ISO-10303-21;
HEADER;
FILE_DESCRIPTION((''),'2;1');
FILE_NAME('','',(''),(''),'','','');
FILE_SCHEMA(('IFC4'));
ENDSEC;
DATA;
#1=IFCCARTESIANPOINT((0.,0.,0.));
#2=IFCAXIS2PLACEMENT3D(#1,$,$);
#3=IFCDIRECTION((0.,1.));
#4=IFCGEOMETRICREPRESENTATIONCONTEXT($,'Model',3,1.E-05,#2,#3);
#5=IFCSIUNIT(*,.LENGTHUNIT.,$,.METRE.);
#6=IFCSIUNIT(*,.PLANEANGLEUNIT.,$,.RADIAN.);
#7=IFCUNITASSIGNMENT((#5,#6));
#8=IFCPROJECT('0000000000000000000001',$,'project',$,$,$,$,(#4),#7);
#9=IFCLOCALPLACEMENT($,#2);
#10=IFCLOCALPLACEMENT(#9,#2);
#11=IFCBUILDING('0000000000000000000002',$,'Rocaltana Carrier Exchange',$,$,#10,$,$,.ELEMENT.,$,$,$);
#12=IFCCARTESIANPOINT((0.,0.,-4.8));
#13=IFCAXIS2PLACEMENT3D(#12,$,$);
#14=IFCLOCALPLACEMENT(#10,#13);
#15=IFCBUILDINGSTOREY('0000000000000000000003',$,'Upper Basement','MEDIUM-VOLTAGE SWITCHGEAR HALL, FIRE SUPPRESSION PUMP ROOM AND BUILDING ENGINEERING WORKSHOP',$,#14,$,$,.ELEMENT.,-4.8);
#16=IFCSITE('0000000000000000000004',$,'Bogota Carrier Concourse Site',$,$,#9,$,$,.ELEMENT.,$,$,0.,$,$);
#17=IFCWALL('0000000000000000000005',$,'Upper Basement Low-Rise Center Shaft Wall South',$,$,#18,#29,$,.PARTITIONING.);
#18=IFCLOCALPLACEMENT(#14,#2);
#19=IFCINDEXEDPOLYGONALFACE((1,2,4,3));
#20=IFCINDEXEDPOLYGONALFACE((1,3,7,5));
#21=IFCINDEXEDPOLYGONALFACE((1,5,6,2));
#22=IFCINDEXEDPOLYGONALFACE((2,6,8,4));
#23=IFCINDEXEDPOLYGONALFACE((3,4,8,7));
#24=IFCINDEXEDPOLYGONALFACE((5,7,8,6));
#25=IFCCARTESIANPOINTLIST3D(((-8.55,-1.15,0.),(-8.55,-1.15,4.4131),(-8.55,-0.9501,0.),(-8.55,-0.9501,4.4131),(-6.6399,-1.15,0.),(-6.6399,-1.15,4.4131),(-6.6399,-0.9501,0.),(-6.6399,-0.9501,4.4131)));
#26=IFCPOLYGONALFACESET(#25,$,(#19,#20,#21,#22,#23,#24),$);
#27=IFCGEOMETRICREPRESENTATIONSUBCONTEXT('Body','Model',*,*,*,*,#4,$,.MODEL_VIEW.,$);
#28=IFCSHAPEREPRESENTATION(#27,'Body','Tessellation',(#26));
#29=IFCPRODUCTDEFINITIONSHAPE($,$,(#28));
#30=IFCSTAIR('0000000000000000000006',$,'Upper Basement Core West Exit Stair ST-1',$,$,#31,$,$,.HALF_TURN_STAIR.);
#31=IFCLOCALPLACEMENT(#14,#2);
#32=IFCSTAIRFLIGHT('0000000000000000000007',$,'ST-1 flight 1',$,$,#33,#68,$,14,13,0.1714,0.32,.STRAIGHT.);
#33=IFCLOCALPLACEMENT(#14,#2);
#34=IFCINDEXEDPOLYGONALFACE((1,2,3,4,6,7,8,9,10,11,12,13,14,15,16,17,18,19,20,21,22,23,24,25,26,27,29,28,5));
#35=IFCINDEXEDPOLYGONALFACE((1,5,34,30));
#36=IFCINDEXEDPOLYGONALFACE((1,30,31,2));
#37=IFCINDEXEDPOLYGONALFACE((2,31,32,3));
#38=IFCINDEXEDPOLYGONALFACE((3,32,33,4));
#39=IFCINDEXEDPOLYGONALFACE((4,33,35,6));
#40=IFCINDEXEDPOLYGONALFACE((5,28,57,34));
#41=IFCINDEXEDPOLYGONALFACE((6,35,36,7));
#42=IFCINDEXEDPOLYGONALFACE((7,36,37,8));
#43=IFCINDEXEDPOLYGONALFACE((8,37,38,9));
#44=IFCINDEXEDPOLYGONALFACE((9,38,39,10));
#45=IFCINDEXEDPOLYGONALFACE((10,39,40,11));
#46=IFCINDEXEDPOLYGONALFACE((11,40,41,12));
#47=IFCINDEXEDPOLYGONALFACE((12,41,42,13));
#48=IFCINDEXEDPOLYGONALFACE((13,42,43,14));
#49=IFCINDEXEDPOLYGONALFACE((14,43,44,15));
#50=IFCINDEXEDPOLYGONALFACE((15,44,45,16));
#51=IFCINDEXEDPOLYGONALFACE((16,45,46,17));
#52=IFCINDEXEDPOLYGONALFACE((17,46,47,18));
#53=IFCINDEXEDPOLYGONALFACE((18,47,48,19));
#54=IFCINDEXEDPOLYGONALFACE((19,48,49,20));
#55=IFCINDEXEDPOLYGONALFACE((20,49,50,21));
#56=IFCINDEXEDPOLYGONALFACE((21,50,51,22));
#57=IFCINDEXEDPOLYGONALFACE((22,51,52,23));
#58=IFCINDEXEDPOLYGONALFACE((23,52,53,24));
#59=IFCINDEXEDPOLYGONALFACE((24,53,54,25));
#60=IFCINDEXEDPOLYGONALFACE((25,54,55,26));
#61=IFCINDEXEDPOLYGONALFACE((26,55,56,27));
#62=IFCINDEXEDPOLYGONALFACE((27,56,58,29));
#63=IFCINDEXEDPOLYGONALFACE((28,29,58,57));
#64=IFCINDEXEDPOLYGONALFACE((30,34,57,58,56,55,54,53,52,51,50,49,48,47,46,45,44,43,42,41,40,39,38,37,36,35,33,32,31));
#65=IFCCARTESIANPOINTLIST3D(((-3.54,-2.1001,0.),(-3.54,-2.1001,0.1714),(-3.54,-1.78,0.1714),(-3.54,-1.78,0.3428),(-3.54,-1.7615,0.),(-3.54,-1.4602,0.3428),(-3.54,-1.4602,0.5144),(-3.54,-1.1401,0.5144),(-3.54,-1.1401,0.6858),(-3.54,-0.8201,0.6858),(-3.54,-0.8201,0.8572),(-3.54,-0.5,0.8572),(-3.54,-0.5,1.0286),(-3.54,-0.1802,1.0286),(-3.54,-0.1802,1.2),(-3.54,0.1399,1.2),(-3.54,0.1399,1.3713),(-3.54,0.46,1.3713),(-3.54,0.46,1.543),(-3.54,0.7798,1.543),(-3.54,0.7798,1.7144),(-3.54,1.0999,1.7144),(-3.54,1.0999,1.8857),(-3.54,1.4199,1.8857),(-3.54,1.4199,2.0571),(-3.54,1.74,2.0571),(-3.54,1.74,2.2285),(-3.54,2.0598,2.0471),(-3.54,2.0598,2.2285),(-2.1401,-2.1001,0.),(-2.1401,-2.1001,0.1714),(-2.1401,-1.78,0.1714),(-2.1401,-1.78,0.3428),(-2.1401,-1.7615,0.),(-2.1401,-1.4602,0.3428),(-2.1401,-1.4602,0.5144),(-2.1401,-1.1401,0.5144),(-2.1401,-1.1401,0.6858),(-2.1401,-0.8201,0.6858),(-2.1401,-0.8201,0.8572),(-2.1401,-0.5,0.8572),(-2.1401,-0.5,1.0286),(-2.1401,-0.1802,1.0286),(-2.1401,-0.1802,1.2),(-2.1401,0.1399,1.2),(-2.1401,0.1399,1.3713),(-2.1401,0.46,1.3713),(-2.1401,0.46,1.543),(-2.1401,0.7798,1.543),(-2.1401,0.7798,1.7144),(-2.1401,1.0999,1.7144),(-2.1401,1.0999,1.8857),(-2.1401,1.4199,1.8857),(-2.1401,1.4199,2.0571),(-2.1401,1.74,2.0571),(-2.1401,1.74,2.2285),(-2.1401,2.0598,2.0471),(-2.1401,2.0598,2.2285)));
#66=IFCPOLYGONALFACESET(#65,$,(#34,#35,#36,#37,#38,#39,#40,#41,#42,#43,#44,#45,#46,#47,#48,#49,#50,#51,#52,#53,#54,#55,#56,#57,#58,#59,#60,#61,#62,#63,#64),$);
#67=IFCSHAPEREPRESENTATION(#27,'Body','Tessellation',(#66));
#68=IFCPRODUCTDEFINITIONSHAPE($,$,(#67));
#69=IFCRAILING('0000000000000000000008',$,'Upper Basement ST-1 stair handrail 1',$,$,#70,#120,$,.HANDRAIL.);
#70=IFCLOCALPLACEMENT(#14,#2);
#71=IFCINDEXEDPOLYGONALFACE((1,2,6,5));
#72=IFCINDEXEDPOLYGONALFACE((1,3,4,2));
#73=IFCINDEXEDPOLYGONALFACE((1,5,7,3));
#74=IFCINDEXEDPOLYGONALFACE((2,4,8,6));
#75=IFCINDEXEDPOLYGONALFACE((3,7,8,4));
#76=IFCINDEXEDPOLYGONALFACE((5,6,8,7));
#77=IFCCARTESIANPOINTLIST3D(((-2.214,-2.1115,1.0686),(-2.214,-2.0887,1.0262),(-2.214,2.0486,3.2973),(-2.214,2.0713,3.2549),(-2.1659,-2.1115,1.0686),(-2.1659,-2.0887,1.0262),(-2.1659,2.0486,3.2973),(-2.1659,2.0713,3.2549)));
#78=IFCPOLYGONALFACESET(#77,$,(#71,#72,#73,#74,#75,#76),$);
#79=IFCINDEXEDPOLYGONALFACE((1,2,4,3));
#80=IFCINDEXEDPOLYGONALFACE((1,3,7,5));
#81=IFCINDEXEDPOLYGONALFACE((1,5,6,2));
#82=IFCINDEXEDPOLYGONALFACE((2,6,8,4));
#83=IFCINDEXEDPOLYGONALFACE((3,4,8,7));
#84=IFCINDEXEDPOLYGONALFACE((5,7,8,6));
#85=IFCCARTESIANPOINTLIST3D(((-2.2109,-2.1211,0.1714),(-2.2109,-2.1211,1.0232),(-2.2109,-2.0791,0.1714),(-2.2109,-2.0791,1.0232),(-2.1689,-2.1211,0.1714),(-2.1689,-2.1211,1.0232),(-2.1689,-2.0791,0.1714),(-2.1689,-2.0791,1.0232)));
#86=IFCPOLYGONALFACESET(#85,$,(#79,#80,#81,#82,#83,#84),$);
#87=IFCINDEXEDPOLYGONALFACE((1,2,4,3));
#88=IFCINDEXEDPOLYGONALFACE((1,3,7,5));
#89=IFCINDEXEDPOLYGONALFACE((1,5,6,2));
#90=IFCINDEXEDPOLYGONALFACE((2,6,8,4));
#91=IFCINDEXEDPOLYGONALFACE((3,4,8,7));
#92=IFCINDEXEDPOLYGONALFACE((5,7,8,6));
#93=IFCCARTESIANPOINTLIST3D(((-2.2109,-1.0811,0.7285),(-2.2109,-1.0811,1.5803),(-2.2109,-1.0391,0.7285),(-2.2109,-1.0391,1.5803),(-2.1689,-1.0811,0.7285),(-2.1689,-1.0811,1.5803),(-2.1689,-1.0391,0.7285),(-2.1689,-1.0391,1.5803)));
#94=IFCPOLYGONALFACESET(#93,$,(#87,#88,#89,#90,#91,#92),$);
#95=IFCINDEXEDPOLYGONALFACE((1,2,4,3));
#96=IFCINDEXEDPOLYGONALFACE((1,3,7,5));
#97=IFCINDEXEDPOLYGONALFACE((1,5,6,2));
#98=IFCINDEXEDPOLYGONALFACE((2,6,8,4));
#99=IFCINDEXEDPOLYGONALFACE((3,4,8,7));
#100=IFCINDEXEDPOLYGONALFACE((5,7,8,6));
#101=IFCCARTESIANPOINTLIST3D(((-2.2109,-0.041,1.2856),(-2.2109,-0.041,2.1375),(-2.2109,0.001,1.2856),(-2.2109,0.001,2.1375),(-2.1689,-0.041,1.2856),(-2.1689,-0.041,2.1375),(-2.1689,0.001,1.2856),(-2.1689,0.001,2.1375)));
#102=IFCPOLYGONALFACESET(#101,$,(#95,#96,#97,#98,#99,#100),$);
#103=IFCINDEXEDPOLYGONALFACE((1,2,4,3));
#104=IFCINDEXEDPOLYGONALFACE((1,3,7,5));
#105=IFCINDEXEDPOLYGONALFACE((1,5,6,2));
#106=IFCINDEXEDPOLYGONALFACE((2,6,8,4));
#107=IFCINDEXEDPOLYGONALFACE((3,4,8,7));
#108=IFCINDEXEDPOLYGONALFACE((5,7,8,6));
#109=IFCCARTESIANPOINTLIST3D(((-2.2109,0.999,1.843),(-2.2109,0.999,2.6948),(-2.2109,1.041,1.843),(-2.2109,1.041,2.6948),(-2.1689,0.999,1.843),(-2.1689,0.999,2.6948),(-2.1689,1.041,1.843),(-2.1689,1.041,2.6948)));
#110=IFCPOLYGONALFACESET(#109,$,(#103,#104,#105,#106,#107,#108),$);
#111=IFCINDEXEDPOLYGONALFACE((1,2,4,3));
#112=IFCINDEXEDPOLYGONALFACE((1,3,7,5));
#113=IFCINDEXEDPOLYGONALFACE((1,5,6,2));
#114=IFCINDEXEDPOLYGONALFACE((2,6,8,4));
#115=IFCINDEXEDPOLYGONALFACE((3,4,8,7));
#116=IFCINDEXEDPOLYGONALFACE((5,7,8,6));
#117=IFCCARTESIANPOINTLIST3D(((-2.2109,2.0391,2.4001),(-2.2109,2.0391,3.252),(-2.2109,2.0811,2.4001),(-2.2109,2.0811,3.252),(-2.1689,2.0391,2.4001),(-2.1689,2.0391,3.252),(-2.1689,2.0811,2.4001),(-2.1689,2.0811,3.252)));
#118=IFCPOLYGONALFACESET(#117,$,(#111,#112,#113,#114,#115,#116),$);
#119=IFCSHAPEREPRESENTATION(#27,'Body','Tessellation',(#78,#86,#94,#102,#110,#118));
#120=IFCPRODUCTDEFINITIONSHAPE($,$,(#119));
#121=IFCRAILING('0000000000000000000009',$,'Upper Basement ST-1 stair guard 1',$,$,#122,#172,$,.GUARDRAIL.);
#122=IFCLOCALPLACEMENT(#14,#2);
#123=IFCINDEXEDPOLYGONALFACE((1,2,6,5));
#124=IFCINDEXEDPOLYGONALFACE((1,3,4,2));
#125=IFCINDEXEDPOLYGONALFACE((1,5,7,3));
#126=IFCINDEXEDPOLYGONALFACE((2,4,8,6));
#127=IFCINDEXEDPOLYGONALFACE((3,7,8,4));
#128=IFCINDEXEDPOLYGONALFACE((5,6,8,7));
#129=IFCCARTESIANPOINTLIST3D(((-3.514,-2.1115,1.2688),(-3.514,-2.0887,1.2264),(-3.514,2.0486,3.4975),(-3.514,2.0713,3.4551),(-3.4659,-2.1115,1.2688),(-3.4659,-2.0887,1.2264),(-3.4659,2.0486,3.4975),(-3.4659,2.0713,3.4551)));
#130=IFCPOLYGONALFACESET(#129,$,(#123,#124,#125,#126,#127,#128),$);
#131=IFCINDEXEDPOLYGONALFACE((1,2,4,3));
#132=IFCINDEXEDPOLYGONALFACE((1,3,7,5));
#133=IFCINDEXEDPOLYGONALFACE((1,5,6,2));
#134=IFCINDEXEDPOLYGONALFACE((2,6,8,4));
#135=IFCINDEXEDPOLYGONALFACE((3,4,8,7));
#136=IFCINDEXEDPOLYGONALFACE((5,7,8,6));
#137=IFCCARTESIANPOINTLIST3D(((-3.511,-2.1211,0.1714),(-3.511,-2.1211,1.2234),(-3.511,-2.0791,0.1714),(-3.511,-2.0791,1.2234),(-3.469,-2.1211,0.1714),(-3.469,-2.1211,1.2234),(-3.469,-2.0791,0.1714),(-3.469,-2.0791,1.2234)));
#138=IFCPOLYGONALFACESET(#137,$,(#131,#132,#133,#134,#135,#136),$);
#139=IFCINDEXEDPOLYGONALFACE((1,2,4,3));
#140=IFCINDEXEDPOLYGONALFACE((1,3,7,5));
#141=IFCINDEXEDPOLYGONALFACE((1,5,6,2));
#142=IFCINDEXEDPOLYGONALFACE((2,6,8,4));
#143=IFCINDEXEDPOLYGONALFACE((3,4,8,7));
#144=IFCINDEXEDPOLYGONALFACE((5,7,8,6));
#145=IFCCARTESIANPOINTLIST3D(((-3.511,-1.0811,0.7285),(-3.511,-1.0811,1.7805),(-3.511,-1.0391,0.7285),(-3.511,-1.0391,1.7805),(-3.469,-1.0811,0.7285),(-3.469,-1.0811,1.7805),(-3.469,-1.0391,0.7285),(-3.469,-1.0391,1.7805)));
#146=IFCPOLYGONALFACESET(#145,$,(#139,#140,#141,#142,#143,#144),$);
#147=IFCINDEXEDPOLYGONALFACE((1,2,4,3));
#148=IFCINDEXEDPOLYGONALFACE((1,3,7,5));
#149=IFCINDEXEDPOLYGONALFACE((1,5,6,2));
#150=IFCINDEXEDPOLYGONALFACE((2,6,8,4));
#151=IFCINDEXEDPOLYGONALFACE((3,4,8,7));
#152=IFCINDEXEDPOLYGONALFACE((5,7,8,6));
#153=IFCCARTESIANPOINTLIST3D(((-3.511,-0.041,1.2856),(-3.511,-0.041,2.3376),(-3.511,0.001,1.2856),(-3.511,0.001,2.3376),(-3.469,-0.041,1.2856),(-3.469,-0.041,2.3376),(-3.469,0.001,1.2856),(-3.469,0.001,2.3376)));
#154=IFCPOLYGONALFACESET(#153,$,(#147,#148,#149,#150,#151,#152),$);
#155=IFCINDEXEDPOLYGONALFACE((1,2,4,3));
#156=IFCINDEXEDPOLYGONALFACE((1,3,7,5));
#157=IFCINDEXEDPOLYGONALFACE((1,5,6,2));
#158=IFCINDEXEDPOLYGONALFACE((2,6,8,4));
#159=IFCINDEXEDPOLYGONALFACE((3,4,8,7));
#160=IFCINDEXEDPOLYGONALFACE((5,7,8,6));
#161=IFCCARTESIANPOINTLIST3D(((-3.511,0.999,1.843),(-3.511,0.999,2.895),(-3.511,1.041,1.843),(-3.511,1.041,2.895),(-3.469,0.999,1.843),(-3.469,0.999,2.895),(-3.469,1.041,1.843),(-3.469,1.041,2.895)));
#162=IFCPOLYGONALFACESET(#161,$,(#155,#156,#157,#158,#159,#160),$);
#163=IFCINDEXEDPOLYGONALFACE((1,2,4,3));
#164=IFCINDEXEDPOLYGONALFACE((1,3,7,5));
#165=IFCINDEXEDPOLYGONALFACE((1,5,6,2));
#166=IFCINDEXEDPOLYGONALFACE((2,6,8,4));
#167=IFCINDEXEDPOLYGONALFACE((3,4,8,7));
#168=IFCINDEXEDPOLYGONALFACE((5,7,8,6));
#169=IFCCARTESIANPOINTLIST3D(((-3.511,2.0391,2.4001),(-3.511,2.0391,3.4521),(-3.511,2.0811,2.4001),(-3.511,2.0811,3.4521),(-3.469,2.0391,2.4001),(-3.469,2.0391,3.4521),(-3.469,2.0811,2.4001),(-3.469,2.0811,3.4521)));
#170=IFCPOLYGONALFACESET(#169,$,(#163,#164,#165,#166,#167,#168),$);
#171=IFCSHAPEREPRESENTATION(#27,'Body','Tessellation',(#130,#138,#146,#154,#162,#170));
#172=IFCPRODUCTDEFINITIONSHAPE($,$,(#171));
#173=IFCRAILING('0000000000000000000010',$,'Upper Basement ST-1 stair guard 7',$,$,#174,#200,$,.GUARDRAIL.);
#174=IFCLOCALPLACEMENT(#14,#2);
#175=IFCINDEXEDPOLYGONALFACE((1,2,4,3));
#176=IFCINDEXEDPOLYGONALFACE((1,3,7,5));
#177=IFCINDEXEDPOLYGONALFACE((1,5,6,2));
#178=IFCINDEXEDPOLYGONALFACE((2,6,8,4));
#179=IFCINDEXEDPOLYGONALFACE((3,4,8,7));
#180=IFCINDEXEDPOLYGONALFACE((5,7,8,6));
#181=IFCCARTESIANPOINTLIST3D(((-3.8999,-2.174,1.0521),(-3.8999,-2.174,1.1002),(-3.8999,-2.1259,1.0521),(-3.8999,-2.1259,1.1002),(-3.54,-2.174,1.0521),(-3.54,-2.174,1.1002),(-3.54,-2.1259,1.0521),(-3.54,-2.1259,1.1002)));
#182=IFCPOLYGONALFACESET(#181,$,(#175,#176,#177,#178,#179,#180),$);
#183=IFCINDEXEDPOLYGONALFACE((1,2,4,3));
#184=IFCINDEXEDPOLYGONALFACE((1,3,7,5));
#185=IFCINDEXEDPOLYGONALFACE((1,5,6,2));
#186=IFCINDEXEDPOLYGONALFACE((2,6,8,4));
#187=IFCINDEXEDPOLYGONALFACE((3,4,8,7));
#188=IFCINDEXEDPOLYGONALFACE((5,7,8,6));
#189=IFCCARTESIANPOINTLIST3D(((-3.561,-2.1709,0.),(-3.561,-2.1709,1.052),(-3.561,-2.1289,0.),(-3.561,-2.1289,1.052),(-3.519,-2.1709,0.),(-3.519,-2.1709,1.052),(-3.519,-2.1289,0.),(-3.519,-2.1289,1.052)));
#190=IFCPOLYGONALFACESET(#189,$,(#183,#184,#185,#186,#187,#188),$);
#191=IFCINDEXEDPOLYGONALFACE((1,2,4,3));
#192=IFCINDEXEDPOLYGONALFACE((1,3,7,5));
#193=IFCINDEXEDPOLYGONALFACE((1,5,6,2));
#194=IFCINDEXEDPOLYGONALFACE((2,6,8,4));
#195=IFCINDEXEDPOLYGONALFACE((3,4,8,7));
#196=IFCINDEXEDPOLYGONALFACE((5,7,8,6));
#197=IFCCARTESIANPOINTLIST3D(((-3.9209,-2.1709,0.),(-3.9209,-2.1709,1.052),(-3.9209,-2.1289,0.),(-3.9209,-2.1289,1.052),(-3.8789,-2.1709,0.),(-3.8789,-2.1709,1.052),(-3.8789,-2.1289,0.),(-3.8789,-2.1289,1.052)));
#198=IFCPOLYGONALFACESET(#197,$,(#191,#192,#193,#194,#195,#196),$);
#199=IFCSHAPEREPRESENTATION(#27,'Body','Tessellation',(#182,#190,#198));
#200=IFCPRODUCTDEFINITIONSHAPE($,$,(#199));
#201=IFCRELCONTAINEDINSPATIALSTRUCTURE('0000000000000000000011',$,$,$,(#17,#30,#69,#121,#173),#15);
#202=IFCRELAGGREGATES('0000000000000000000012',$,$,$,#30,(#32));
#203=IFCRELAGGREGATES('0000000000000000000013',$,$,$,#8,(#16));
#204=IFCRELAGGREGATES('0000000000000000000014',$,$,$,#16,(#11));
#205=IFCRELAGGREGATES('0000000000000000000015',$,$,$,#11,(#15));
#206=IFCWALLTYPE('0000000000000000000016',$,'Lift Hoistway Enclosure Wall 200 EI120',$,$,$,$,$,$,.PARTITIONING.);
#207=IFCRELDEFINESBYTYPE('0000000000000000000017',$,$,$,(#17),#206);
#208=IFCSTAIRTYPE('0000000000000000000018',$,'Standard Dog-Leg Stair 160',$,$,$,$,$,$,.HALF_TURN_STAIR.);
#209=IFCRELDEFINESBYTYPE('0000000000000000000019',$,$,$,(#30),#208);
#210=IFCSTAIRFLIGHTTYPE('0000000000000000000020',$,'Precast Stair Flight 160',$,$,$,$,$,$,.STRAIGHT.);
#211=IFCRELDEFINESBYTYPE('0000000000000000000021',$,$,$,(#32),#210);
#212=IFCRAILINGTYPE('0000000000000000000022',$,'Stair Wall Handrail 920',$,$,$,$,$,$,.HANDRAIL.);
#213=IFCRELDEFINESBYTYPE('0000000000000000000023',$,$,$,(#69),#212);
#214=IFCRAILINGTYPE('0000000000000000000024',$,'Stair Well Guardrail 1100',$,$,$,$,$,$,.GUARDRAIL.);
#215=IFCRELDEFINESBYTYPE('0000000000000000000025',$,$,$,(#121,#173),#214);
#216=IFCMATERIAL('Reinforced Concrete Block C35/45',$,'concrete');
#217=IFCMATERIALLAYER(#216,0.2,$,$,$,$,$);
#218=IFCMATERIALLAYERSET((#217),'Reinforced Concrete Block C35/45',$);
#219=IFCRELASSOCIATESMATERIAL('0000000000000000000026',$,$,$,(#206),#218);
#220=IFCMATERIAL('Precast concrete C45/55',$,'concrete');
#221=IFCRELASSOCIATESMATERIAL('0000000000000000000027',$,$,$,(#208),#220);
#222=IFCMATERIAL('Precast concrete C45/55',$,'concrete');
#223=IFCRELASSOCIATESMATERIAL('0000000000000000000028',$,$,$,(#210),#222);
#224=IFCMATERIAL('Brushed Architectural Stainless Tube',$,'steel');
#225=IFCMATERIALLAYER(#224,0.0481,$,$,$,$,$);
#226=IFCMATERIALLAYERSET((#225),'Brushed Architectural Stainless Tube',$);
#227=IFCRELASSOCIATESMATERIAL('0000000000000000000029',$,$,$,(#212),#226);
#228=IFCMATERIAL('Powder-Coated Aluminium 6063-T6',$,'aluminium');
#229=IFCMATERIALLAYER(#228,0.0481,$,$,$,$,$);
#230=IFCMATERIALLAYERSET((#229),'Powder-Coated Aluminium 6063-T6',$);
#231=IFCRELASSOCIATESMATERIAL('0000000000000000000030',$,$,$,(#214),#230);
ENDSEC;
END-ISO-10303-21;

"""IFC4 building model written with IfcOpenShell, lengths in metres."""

from ifc_helpers import new_model, si_unit, direction, frame, frame_2d, origin, origin_2d, place, context, subcontext, project, spatial, polyline, rectangle, outline, extrude, material, layer, layer_set, type_object, element, aggregate, save


model = new_model("IFC4")

# Units and contexts
model_context = context("Model", 3, precision=1e-05, world=origin(), true_north=direction((0.0, 1.0)))
body_context = subcontext(model_context, "Body", "Model", "MODEL_VIEW")
ifc_project = project(units=[si_unit("LENGTHUNIT", "METRE"), si_unit("PLANEANGLEUNIT", "RADIAN")], contexts=[model_context])

# Site, building, storey
site_placement = place(None, origin())
site = spatial("IfcSite", under=ifc_project, at=site_placement, Name="Bogota Carrier Concourse Site", CompositionType="ELEMENT", RefElevation=0.0)
building_placement = place(site_placement, origin())
building = spatial("IfcBuilding", under=site, at=building_placement, Name="Rocaltana Carrier Exchange", CompositionType="ELEMENT")
storey_placement = place(building_placement, frame((0.0, 0.0, -4.8)))
storey = spatial("IfcBuildingStorey", under=building, at=storey_placement, Name="Upper Basement", Description="MEDIUM-VOLTAGE SWITCHGEAR HALL, FIRE SUPPRESSION PUMP ROOM AND BUILDING ENGINEERING WORKSHOP", CompositionType="ELEMENT", Elevation=-4.8)

# Wall
ifc_material_1 = material(Name="Reinforced Concrete Block C35/45", Category="concrete")
ifc_layer_1 = layer(ifc_material_1, 0.2)
ifc_layer_set_1 = layer_set([ifc_layer_1], Name="Reinforced Concrete Block C35/45")
wall_type_1 = type_object("IfcWallType", Name="Lift Hoistway Enclosure Wall 200 EI120", PredefinedType="PARTITIONING", material=ifc_layer_set_1)
wall_1_placement = place(storey_placement, frame((-8.55, -1.05, 0.0), z_axis=(0.0, 0.0, 1.0), x_axis=(1.0, 0.0, 0.0)))
element("IfcWall", 1, at=wall_1_placement, inside=storey, type_object=wall_type_1, Name="Upper Basement Low-Rise Center Shaft Wall South", PredefinedType="PARTITIONING", context=body_context, shape_type="SweptSolid", body=[
    extrude(rectangle(XDim=1.9102, YDim=0.2, at=frame_2d((0.9551, 0.0))), origin(), (0.0, 0.0, 1.0), 4.4131),
])

# Stair, stair flight
ifc_material_2 = material(Name="Precast concrete C45/55", Category="concrete")
stair_type = type_object("IfcStairType", Name="Standard Dog-Leg Stair 160", PredefinedType="HALF_TURN_STAIR", material=ifc_material_2)
stair_placement = place(storey_placement, origin())
stair = element("IfcStair", 2, at=stair_placement, inside=storey, type_object=stair_type, Name="Upper Basement Core West Exit Stair ST-1", PredefinedType="HALF_TURN_STAIR")
ifc_material_3 = material(Name="Precast concrete C45/55", Category="concrete")
stair_flight_type = type_object("IfcStairFlightType", Name="Precast Stair Flight 160", PredefinedType="STRAIGHT", material=ifc_material_3)
stair_flight_placement = place(storey_placement, frame((-2.8401, -2.1001, 0.0), z_axis=(0.0, 0.0, 1.0), x_axis=(0.0, 1.0, 0.0)))
stair_flight = element("IfcStairFlight", 3, at=stair_flight_placement, type_object=stair_flight_type, Name="ST-1 flight 1", NumberOfRisers=14, NumberOfTreads=13, PredefinedType="STRAIGHT", RiserHeight=0.1714, TreadLength=0.32, context=body_context, shape_type="SweptSolid", body=[
    extrude(outline(polyline([(0.0, 0.0), (0.0, 0.1714), (0.3201, 0.1714), (0.3201, 0.3428), (0.6399, 0.3428), (0.6399, 0.5144), (0.96, 0.5144), (0.96, 0.6858), (1.28, 0.6858), (1.28, 0.8572), (1.6001, 0.8572), (1.6001, 1.0286), (1.9199, 1.0286), (1.9199, 1.2), (2.24, 1.2), (2.24, 1.3713), (2.5601, 1.3713), (2.5601, 1.543), (2.8799, 1.543), (2.8799, 1.7144), (3.2, 1.7144), (3.2, 1.8857), (3.52, 1.8857), (3.52, 2.0571), (3.8401, 2.0571), (3.8401, 2.2285), (4.1599, 2.2285), (4.1599, 2.3999), (4.1599, 2.0471), (0.3386, 0.0), (0.0, 0.0)])), frame((0.0, 0.7, 0.0), z_axis=(0.0, -1.0, 0.0), x_axis=(1.0, 0.0, 0.0)), (0.0, 0.0, 1.0), 1.3999),
])
aggregate(stair, [stair_flight])

# Railings
ifc_material_4 = material(Name="Brushed Architectural Stainless Tube", Category="steel")
ifc_layer_2 = layer(ifc_material_4, 0.0481)
ifc_layer_set_2 = layer_set([ifc_layer_2], Name="Brushed Architectural Stainless Tube")
railing_type_1 = type_object("IfcRailingType", Name="Stair Wall Handrail 920", PredefinedType="HANDRAIL", material=ifc_layer_set_2)
railing_1_placement = place(storey_placement, frame((-2.1899, -2.1001, 0.1714)))
element("IfcRailing", 4, at=railing_1_placement, inside=storey, type_object=railing_type_1, Name="Upper Basement ST-1 stair handrail 1", PredefinedType="HANDRAIL", context=body_context, shape_type="SweptSolid", body=[
    extrude(rectangle(XDim=0.0481, YDim=0.0481, at=origin_2d()), frame((0.0, 0.0, 0.876), z_axis=(0.0, 0.881471, 0.472239), x_axis=(-1.0, 0.0, 0.0)), (0.0, 0.0, 1.0), 4.7195),
    extrude(rectangle(XDim=0.042, YDim=0.042, at=origin_2d()), origin(), (0.0, 0.0, 1.0), 0.8518),
    extrude(rectangle(XDim=0.042, YDim=0.042, at=origin_2d()), frame((0.0, 1.04, 0.5571)), (0.0, 0.0, 1.0), 0.8518),
    extrude(rectangle(XDim=0.042, YDim=0.042, at=origin_2d()), frame((0.0, 2.0801, 1.1143)), (0.0, 0.0, 1.0), 0.8518),
    extrude(rectangle(XDim=0.042, YDim=0.042, at=origin_2d()), frame((0.0, 3.1201, 1.6716)), (0.0, 0.0, 1.0), 0.8518),
    extrude(rectangle(XDim=0.042, YDim=0.042, at=origin_2d()), frame((0.0, 4.1602, 2.2288)), (0.0, 0.0, 1.0), 0.8518),
])
ifc_material_5 = material(Name="Powder-Coated Aluminium 6063-T6", Category="aluminium")
ifc_layer_3 = layer(ifc_material_5, 0.0481)
ifc_layer_set_3 = layer_set([ifc_layer_3], Name="Powder-Coated Aluminium 6063-T6")
railing_type_2 = type_object("IfcRailingType", Name="Stair Well Guardrail 1100", PredefinedType="GUARDRAIL", material=ifc_layer_set_3)
railing_2_placement = place(storey_placement, frame((-3.49, -2.1001, 0.1714)))
element("IfcRailing", 5, at=railing_2_placement, inside=storey, type_object=railing_type_2, Name="Upper Basement ST-1 stair guard 1", PredefinedType="GUARDRAIL", context=body_context, shape_type="SweptSolid", body=[
    extrude(rectangle(XDim=0.0481, YDim=0.0481, at=origin_2d()), frame((0.0, 0.0, 1.0762), z_axis=(0.0, 0.881471, 0.472239), x_axis=(-1.0, 0.0, 0.0)), (0.0, 0.0, 1.0), 4.7195),
    extrude(rectangle(XDim=0.042, YDim=0.042, at=origin_2d()), origin(), (0.0, 0.0, 1.0), 1.052),
    extrude(rectangle(XDim=0.042, YDim=0.042, at=origin_2d()), frame((0.0, 1.04, 0.5571)), (0.0, 0.0, 1.0), 1.052),
    extrude(rectangle(XDim=0.042, YDim=0.042, at=origin_2d()), frame((0.0, 2.0801, 1.1143)), (0.0, 0.0, 1.0), 1.052),
    extrude(rectangle(XDim=0.042, YDim=0.042, at=origin_2d()), frame((0.0, 3.1201, 1.6716)), (0.0, 0.0, 1.0), 1.052),
    extrude(rectangle(XDim=0.042, YDim=0.042, at=origin_2d()), frame((0.0, 4.1602, 2.2288)), (0.0, 0.0, 1.0), 1.052),
])
railing_3_placement = place(storey_placement, frame((-3.54, -2.1499, 0.0)))
element("IfcRailing", 6, at=railing_3_placement, inside=storey, type_object=railing_type_2, Name="Upper Basement ST-1 stair guard 7", PredefinedType="GUARDRAIL", context=body_context, shape_type="SweptSolid", body=[
    extrude(rectangle(XDim=0.0481, YDim=0.0481, at=origin_2d()), frame((0.0, 0.0, 1.0762), z_axis=(-1.0, 0.0, 0.0), x_axis=(0.0, -1.0, 0.0)), (0.0, 0.0, 1.0), 0.3599),
    extrude(rectangle(XDim=0.042, YDim=0.042, at=origin_2d()), origin(), (0.0, 0.0, 1.0), 1.052),
    extrude(rectangle(XDim=0.042, YDim=0.042, at=origin_2d()), frame((-0.3599, 0.0, 0.0)), (0.0, 0.0, 1.0), 1.052),
])

save(model, "model.ifc")
